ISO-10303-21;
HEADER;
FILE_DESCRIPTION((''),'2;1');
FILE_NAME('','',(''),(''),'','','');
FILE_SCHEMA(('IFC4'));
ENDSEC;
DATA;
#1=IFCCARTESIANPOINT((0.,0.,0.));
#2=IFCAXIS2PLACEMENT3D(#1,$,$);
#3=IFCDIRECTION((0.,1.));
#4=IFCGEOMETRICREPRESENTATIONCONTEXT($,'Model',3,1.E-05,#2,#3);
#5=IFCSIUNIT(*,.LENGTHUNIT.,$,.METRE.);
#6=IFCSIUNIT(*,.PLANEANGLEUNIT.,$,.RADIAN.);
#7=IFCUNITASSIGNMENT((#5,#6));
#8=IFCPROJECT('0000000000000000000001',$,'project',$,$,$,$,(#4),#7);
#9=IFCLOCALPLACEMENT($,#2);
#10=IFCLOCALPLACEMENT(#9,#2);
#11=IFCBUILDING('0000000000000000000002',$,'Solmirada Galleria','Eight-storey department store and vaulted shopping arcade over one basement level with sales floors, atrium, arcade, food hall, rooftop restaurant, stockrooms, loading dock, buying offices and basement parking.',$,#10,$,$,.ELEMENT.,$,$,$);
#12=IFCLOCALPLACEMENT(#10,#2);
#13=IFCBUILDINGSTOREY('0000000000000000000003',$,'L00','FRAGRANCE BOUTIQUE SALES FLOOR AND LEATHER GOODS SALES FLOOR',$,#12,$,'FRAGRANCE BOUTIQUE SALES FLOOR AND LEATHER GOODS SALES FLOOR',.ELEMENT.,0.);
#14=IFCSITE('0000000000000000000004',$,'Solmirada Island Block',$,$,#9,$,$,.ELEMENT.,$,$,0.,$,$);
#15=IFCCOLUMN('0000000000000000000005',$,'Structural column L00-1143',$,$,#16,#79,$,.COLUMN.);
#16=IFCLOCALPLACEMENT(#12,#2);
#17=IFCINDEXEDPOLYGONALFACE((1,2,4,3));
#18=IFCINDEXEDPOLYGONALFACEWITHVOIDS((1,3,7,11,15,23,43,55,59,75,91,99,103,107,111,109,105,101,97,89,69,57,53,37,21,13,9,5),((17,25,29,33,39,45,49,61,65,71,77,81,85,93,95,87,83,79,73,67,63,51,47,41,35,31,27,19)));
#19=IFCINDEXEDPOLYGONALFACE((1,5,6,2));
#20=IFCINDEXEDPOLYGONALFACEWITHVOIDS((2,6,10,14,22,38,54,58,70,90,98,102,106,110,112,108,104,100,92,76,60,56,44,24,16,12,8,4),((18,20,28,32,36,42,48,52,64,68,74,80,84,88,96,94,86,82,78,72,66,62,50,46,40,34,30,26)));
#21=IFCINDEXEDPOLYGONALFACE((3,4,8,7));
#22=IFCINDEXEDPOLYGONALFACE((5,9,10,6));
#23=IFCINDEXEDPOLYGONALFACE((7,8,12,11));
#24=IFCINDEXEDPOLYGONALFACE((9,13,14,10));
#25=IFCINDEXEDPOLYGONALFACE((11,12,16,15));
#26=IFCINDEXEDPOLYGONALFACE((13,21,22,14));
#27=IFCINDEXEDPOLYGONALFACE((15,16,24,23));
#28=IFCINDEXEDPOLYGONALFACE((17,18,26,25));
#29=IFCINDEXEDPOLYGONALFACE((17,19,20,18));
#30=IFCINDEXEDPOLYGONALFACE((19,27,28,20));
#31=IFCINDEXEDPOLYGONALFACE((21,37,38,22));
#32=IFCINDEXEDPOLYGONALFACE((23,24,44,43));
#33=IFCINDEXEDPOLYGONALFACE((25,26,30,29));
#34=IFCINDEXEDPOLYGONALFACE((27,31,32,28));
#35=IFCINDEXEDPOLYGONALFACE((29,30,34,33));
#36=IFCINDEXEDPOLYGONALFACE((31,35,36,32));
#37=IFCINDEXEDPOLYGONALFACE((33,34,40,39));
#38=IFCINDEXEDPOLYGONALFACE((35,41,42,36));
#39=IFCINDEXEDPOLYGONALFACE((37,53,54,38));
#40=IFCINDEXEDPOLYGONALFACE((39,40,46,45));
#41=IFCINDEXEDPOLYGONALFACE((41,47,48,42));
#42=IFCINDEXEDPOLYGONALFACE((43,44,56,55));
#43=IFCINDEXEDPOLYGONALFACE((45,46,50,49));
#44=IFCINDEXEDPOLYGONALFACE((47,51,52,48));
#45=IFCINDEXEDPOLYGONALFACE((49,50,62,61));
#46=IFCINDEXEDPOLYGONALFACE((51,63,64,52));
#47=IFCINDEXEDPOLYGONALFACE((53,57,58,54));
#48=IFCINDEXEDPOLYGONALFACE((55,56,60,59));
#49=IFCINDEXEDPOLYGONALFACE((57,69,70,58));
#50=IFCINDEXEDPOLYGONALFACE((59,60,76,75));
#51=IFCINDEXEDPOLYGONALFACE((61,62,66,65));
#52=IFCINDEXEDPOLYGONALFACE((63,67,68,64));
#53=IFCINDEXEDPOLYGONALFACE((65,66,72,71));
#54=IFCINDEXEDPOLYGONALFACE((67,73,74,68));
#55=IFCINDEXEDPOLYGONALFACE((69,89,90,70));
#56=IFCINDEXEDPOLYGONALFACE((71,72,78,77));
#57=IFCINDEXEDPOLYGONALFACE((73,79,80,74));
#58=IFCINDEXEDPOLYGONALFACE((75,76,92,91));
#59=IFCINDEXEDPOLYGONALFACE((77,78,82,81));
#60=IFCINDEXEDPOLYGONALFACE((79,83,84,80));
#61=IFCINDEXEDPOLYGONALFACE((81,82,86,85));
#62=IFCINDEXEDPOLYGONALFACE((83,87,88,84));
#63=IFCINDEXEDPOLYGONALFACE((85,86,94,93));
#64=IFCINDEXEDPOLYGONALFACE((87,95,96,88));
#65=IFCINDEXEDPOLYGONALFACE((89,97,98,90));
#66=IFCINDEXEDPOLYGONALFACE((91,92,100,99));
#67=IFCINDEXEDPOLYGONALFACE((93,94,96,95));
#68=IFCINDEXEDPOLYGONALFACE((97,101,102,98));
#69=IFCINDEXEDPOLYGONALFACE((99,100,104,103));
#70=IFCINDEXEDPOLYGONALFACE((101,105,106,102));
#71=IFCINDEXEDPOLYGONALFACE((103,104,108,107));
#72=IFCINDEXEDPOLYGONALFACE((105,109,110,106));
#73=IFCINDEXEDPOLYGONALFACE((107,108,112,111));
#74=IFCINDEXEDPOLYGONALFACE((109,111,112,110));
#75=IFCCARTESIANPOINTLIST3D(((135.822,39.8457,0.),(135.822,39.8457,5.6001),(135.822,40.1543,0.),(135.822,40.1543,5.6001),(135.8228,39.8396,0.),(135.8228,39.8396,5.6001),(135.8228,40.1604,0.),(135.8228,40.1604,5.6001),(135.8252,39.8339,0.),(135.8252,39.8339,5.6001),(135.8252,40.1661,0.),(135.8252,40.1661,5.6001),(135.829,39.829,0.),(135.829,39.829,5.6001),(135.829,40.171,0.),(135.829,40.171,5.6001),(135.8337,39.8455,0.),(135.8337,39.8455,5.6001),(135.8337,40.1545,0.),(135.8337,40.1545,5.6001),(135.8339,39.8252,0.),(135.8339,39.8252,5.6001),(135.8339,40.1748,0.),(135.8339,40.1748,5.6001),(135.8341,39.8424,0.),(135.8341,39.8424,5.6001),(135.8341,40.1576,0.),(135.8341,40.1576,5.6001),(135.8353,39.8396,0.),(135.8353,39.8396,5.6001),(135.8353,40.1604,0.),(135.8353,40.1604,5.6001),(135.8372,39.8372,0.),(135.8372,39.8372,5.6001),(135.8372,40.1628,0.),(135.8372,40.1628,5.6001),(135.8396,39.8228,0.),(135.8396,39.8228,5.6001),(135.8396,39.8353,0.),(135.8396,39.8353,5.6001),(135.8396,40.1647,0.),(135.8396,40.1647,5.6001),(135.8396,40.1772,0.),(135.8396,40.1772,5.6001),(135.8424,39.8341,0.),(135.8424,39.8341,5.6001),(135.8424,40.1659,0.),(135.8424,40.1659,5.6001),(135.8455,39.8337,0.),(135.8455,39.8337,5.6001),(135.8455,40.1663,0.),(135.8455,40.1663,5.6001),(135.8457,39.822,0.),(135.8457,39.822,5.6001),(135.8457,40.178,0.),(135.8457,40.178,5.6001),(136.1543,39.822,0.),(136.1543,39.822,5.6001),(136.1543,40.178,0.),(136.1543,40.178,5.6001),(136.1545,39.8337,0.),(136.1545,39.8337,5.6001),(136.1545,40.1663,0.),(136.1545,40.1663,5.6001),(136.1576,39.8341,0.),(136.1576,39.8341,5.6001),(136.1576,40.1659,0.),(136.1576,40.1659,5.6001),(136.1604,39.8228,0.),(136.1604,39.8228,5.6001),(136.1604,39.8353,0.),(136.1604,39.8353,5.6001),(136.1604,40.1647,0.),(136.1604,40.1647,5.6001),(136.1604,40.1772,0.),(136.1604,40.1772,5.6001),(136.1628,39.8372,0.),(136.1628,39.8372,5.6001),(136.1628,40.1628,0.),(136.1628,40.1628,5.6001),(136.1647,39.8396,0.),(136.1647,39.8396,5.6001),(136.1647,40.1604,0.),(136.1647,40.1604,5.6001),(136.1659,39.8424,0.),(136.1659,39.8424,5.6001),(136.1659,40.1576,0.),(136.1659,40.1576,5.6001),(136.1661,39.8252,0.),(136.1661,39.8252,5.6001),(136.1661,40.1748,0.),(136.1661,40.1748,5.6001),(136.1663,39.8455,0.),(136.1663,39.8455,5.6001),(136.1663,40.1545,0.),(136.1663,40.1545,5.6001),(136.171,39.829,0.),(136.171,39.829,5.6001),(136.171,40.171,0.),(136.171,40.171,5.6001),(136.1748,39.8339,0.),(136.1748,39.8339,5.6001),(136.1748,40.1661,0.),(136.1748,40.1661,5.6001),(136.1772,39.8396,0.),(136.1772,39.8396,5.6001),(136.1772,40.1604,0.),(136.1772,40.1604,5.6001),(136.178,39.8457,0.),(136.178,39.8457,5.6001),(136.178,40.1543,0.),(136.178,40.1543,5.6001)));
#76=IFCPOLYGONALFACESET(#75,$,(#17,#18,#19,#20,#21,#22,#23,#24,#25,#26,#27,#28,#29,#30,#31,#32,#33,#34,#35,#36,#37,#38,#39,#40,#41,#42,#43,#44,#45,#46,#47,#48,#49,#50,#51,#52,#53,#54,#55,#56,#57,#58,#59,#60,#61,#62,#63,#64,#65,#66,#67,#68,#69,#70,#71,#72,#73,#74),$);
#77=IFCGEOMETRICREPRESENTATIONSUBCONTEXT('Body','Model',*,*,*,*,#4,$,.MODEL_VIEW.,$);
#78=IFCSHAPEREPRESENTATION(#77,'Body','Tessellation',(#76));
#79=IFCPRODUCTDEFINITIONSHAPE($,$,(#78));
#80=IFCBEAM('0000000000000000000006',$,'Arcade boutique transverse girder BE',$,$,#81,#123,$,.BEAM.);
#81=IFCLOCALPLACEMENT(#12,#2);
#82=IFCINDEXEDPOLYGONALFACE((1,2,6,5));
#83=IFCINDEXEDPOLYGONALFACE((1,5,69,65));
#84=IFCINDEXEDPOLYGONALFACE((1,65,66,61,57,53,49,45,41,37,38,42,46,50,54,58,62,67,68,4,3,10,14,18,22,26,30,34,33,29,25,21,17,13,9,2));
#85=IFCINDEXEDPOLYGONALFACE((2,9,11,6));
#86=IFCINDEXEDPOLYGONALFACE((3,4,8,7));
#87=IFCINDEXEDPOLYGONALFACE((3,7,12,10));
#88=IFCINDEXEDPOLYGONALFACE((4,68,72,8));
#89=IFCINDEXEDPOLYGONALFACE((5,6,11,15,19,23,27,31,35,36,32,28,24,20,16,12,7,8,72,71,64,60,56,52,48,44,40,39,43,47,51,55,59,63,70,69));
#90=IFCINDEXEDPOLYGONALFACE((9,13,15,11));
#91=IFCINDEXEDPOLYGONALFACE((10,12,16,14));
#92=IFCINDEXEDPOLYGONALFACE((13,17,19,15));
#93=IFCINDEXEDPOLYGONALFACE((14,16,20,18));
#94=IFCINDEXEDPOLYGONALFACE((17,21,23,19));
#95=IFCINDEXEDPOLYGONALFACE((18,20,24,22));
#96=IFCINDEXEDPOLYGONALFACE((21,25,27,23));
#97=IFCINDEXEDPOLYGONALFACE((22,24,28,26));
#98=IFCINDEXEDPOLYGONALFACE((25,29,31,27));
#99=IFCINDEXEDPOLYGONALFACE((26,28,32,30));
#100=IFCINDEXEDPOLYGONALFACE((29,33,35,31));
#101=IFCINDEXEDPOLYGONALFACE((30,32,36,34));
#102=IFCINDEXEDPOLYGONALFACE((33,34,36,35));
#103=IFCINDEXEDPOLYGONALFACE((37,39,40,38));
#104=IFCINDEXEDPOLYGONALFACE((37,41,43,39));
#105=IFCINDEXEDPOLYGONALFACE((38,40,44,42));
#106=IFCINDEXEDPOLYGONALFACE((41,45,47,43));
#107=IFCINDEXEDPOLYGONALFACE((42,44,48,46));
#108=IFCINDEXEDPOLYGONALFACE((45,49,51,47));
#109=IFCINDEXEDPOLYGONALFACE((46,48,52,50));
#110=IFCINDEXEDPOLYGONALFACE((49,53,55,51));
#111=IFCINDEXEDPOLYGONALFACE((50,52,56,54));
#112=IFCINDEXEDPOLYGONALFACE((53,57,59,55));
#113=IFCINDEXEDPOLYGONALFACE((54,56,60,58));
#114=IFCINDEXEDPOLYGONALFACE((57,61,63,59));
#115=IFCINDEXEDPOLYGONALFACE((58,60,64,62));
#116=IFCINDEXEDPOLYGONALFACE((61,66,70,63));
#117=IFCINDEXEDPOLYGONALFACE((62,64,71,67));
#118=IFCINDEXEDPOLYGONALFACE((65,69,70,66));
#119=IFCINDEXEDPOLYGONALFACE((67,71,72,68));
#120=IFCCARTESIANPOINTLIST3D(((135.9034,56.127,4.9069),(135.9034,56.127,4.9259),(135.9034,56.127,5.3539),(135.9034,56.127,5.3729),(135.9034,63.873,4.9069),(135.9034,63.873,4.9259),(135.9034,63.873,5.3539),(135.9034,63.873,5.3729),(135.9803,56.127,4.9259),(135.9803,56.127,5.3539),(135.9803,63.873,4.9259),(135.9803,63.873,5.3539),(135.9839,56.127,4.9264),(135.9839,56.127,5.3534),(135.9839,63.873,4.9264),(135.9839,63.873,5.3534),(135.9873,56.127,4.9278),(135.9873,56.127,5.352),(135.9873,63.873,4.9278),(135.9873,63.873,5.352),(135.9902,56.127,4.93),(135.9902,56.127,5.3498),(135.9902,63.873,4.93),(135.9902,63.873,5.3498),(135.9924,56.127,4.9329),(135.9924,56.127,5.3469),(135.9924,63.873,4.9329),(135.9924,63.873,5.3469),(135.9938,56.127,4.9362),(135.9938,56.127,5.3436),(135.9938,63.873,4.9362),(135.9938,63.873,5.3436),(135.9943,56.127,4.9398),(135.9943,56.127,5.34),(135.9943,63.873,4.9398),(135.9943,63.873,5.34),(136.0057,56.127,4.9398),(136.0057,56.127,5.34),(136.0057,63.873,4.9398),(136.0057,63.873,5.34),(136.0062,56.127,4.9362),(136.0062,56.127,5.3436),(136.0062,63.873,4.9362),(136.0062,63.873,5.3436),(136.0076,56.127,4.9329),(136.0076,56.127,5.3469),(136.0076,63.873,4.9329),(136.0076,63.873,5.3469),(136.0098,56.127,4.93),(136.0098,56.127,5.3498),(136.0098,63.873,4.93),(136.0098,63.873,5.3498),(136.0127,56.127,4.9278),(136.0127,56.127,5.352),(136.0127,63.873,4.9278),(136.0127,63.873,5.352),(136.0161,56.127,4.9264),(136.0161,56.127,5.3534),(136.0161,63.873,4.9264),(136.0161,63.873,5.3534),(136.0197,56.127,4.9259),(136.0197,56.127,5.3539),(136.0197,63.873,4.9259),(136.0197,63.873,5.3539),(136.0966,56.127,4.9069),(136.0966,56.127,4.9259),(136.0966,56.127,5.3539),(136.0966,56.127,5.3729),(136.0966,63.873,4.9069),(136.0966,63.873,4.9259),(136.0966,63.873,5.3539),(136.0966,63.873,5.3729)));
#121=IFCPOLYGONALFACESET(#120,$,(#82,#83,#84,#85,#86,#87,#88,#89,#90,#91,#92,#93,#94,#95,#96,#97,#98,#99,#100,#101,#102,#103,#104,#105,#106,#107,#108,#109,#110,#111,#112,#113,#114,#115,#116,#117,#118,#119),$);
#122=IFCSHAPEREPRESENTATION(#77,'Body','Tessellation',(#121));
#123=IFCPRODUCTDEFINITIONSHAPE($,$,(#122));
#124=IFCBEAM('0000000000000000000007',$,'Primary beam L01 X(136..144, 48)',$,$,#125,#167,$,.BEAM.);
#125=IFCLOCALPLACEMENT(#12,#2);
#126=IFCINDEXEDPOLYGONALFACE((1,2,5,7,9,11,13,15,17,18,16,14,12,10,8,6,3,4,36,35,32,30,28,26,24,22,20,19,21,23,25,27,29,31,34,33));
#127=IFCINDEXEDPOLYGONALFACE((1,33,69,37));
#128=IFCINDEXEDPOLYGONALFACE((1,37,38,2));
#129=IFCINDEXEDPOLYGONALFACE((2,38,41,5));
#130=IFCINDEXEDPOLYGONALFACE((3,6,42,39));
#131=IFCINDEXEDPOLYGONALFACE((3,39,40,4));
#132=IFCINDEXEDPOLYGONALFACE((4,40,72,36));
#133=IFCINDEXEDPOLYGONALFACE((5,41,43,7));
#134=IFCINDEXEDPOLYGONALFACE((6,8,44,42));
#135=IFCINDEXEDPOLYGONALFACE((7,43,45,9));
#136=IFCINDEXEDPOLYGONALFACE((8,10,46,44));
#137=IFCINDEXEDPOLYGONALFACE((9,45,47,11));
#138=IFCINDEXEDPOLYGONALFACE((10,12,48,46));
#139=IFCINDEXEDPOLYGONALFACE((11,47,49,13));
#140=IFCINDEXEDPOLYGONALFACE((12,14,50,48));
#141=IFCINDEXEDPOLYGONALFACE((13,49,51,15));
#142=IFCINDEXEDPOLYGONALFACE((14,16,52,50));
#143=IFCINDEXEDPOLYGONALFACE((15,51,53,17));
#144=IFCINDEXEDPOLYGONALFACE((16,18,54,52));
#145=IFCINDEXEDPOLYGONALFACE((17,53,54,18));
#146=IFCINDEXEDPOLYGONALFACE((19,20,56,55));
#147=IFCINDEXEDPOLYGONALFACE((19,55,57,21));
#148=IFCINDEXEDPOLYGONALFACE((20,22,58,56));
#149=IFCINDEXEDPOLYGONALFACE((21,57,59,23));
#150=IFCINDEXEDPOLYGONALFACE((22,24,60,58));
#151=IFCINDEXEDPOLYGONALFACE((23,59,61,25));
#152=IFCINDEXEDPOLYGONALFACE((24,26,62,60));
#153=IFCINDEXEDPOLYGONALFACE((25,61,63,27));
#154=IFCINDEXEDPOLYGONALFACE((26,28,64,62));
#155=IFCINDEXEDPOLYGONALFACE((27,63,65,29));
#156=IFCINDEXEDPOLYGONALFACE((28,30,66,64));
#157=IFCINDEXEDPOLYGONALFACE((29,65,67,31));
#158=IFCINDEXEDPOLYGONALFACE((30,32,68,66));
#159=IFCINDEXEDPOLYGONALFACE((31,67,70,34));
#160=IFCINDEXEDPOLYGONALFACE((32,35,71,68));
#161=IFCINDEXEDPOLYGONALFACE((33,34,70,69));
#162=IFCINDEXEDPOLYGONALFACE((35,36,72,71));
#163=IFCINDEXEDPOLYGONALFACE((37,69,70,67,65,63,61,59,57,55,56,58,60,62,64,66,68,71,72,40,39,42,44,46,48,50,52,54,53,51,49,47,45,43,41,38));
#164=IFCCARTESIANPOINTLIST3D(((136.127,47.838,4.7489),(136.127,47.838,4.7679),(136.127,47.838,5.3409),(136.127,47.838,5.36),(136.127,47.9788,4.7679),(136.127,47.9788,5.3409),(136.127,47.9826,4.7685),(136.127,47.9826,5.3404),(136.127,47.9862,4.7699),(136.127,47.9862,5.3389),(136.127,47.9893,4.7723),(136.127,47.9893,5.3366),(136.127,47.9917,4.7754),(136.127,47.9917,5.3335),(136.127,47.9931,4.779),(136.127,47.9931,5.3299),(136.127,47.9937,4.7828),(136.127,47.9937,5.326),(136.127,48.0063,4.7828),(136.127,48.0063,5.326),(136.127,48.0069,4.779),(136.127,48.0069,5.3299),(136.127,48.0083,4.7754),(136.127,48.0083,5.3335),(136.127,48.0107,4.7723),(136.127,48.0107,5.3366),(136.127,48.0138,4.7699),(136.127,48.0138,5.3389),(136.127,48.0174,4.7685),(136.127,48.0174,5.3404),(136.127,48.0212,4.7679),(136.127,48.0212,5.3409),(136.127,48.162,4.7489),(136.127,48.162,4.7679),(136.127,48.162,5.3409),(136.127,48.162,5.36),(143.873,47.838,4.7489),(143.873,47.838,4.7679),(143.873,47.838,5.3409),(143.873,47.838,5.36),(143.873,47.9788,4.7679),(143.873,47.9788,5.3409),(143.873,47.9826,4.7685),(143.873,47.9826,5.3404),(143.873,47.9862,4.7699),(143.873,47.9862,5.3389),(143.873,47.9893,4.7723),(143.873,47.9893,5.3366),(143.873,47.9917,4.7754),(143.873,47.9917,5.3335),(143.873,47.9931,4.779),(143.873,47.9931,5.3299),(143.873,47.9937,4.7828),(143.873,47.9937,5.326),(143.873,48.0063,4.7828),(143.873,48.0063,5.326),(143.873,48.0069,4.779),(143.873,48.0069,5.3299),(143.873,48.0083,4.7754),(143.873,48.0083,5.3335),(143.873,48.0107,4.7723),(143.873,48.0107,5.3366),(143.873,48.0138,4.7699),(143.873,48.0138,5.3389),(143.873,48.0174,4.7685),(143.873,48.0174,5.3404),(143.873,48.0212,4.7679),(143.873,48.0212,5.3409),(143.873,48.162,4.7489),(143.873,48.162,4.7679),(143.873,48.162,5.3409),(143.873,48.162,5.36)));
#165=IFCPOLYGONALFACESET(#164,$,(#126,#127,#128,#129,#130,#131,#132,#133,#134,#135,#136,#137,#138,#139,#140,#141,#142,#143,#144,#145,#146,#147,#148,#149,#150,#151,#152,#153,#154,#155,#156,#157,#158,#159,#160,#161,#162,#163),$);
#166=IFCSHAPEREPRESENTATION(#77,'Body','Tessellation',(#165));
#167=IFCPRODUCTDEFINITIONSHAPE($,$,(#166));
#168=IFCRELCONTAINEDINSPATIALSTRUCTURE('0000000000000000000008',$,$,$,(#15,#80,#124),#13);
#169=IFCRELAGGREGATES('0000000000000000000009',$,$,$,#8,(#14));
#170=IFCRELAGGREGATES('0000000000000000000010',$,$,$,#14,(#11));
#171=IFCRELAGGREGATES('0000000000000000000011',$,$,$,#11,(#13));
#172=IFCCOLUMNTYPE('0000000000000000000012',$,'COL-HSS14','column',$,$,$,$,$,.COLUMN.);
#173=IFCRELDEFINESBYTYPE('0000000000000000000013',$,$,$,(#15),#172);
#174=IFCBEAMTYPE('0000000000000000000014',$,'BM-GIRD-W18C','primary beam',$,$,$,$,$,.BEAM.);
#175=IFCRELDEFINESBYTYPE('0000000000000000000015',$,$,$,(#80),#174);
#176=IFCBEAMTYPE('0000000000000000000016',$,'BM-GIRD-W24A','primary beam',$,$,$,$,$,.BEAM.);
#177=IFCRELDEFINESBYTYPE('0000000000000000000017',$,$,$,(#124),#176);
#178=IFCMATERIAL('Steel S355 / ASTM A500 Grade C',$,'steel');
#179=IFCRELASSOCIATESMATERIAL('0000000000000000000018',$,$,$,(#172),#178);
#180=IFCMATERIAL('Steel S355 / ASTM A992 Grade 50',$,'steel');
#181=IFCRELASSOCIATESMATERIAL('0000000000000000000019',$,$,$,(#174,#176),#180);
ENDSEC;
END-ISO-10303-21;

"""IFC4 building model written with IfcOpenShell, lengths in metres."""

from ifc_helpers import new_model, si_unit, direction, frame, origin, origin_2d, place, context, subcontext, project, spatial, hollow_rectangle, i_section, extrude, material, material_profile, profile_set, type_object, element, save


model = new_model("IFC4")

# Units and contexts
model_context = context("Model", 3, precision=1e-05, world=origin(), true_north=direction((0.0, 1.0)))
body_context = subcontext(model_context, "Body", "Model", "MODEL_VIEW")
ifc_project = project(units=[si_unit("LENGTHUNIT", "METRE"), si_unit("PLANEANGLEUNIT", "RADIAN")], contexts=[model_context])

# Site, building, storey
site_placement = place(None, origin())
site = spatial("IfcSite", under=ifc_project, at=site_placement, Name="Solmirada Island Block", CompositionType="ELEMENT", RefElevation=0.0)
building_placement = place(site_placement, origin())
building = spatial("IfcBuilding", under=site, at=building_placement, Name="Solmirada Galleria", Description="Eight-storey department store and vaulted shopping arcade over one basement level with sales floors, atrium, arcade, food hall, rooftop restaurant, stockrooms, loading dock, buying offices and basement parking.", CompositionType="ELEMENT")
storey_placement = place(building_placement, origin())
storey = spatial("IfcBuildingStorey", under=building, at=storey_placement, Name="L00", Description="FRAGRANCE BOUTIQUE SALES FLOOR AND LEATHER GOODS SALES FLOOR", LongName="FRAGRANCE BOUTIQUE SALES FLOOR AND LEATHER GOODS SALES FLOOR", CompositionType="ELEMENT", Elevation=0.0)

# Column
ifc_material_1 = material(Name="Steel S355 / ASTM A500 Grade C", Category="steel")
ifc_material_profile_1 = material_profile(ifc_material_1, hollow_rectangle(XDim=0.356, YDim=0.356, WallThickness=0.0117, InnerFilletRadius=0.0117, OuterFilletRadius=0.0237, at=origin_2d()), Name="HSS14X14X1/2")
ifc_profile_set_1 = profile_set([ifc_material_profile_1], Name="Steel S355 / ASTM A500 Grade C")
column_type_1 = type_object("IfcColumnType", Name="COL-HSS14", Description="column", PredefinedType="COLUMN", material=ifc_profile_set_1)
column_placement = place(storey_placement, frame((136.0, 40.0, 0.0), z_axis=(0.0, 0.0, 1.0), x_axis=(1.0, 0.0, 0.0)))
element("IfcColumn", 1, at=column_placement, inside=storey, type_object=column_type_1, Name="Structural column L00-1143", PredefinedType="COLUMN", context=body_context, shape_type="SweptSolid", body=[
    extrude(hollow_rectangle(XDim=0.356, YDim=0.356, WallThickness=0.0117, InnerFilletRadius=0.0117, OuterFilletRadius=0.0237, at=origin_2d()), origin(), (0.0, 0.0, 1.0), 5.6001),
])

# Beams
ifc_material_2 = material(Name="Steel S355 / ASTM A992 Grade 50", Category="steel")
ifc_material_profile_2 = material_profile(ifc_material_2, i_section(OverallWidth=0.1931, OverallDepth=0.4661, WebThickness=0.0115, FlangeThickness=0.019, FilletRadius=0.0139, at=origin_2d()), Name="W18X65")
ifc_profile_set_2 = profile_set([ifc_material_profile_2], Name="Steel S355 / ASTM A992 Grade 50")
beam_type_1 = type_object("IfcBeamType", Name="BM-GIRD-W18C", Description="primary beam", PredefinedType="BEAM", material=ifc_profile_set_2)
beam_1_placement = place(storey_placement, frame((136.0, 56.127, 5.1399), z_axis=(0.0, 1.0, 0.0), x_axis=(-1.0, 0.0, 0.0)))
element("IfcBeam", 2, at=beam_1_placement, inside=storey, type_object=beam_type_1, Name="Arcade boutique transverse girder BE", PredefinedType="BEAM", context=body_context, shape_type="SweptSolid", body=[
    extrude(i_section(OverallWidth=0.1931, OverallDepth=0.4661, WebThickness=0.0115, FlangeThickness=0.019, FilletRadius=0.0139, at=origin_2d()), origin(), (0.0, 0.0, 1.0), 7.7461),
])
ifc_material_profile_3 = material_profile(ifc_material_2, i_section(OverallWidth=0.324, OverallDepth=0.6111, WebThickness=0.0127, FlangeThickness=0.019, FilletRadius=0.0149, at=origin_2d()), Name="W24X104")
ifc_profile_set_3 = profile_set([ifc_material_profile_3], Name="Steel S355 / ASTM A992 Grade 50")
beam_type_2 = type_object("IfcBeamType", Name="BM-GIRD-W24A", Description="primary beam", PredefinedType="BEAM", material=ifc_profile_set_3)
beam_2_placement = place(storey_placement, frame((136.127, 48.0, 5.0544), z_axis=(1.0, 0.0, 0.0), x_axis=(0.0, 1.0, 0.0)))
element("IfcBeam", 3, at=beam_2_placement, inside=storey, type_object=beam_type_2, Name="Primary beam L01 X(136..144, 48)", PredefinedType="BEAM", context=body_context, shape_type="SweptSolid", body=[
    extrude(i_section(OverallWidth=0.324, OverallDepth=0.6111, WebThickness=0.0127, FlangeThickness=0.019, FilletRadius=0.0149, at=origin_2d()), origin(), (0.0, 0.0, 1.0), 7.7461),
])

save(model, "model.ifc")
